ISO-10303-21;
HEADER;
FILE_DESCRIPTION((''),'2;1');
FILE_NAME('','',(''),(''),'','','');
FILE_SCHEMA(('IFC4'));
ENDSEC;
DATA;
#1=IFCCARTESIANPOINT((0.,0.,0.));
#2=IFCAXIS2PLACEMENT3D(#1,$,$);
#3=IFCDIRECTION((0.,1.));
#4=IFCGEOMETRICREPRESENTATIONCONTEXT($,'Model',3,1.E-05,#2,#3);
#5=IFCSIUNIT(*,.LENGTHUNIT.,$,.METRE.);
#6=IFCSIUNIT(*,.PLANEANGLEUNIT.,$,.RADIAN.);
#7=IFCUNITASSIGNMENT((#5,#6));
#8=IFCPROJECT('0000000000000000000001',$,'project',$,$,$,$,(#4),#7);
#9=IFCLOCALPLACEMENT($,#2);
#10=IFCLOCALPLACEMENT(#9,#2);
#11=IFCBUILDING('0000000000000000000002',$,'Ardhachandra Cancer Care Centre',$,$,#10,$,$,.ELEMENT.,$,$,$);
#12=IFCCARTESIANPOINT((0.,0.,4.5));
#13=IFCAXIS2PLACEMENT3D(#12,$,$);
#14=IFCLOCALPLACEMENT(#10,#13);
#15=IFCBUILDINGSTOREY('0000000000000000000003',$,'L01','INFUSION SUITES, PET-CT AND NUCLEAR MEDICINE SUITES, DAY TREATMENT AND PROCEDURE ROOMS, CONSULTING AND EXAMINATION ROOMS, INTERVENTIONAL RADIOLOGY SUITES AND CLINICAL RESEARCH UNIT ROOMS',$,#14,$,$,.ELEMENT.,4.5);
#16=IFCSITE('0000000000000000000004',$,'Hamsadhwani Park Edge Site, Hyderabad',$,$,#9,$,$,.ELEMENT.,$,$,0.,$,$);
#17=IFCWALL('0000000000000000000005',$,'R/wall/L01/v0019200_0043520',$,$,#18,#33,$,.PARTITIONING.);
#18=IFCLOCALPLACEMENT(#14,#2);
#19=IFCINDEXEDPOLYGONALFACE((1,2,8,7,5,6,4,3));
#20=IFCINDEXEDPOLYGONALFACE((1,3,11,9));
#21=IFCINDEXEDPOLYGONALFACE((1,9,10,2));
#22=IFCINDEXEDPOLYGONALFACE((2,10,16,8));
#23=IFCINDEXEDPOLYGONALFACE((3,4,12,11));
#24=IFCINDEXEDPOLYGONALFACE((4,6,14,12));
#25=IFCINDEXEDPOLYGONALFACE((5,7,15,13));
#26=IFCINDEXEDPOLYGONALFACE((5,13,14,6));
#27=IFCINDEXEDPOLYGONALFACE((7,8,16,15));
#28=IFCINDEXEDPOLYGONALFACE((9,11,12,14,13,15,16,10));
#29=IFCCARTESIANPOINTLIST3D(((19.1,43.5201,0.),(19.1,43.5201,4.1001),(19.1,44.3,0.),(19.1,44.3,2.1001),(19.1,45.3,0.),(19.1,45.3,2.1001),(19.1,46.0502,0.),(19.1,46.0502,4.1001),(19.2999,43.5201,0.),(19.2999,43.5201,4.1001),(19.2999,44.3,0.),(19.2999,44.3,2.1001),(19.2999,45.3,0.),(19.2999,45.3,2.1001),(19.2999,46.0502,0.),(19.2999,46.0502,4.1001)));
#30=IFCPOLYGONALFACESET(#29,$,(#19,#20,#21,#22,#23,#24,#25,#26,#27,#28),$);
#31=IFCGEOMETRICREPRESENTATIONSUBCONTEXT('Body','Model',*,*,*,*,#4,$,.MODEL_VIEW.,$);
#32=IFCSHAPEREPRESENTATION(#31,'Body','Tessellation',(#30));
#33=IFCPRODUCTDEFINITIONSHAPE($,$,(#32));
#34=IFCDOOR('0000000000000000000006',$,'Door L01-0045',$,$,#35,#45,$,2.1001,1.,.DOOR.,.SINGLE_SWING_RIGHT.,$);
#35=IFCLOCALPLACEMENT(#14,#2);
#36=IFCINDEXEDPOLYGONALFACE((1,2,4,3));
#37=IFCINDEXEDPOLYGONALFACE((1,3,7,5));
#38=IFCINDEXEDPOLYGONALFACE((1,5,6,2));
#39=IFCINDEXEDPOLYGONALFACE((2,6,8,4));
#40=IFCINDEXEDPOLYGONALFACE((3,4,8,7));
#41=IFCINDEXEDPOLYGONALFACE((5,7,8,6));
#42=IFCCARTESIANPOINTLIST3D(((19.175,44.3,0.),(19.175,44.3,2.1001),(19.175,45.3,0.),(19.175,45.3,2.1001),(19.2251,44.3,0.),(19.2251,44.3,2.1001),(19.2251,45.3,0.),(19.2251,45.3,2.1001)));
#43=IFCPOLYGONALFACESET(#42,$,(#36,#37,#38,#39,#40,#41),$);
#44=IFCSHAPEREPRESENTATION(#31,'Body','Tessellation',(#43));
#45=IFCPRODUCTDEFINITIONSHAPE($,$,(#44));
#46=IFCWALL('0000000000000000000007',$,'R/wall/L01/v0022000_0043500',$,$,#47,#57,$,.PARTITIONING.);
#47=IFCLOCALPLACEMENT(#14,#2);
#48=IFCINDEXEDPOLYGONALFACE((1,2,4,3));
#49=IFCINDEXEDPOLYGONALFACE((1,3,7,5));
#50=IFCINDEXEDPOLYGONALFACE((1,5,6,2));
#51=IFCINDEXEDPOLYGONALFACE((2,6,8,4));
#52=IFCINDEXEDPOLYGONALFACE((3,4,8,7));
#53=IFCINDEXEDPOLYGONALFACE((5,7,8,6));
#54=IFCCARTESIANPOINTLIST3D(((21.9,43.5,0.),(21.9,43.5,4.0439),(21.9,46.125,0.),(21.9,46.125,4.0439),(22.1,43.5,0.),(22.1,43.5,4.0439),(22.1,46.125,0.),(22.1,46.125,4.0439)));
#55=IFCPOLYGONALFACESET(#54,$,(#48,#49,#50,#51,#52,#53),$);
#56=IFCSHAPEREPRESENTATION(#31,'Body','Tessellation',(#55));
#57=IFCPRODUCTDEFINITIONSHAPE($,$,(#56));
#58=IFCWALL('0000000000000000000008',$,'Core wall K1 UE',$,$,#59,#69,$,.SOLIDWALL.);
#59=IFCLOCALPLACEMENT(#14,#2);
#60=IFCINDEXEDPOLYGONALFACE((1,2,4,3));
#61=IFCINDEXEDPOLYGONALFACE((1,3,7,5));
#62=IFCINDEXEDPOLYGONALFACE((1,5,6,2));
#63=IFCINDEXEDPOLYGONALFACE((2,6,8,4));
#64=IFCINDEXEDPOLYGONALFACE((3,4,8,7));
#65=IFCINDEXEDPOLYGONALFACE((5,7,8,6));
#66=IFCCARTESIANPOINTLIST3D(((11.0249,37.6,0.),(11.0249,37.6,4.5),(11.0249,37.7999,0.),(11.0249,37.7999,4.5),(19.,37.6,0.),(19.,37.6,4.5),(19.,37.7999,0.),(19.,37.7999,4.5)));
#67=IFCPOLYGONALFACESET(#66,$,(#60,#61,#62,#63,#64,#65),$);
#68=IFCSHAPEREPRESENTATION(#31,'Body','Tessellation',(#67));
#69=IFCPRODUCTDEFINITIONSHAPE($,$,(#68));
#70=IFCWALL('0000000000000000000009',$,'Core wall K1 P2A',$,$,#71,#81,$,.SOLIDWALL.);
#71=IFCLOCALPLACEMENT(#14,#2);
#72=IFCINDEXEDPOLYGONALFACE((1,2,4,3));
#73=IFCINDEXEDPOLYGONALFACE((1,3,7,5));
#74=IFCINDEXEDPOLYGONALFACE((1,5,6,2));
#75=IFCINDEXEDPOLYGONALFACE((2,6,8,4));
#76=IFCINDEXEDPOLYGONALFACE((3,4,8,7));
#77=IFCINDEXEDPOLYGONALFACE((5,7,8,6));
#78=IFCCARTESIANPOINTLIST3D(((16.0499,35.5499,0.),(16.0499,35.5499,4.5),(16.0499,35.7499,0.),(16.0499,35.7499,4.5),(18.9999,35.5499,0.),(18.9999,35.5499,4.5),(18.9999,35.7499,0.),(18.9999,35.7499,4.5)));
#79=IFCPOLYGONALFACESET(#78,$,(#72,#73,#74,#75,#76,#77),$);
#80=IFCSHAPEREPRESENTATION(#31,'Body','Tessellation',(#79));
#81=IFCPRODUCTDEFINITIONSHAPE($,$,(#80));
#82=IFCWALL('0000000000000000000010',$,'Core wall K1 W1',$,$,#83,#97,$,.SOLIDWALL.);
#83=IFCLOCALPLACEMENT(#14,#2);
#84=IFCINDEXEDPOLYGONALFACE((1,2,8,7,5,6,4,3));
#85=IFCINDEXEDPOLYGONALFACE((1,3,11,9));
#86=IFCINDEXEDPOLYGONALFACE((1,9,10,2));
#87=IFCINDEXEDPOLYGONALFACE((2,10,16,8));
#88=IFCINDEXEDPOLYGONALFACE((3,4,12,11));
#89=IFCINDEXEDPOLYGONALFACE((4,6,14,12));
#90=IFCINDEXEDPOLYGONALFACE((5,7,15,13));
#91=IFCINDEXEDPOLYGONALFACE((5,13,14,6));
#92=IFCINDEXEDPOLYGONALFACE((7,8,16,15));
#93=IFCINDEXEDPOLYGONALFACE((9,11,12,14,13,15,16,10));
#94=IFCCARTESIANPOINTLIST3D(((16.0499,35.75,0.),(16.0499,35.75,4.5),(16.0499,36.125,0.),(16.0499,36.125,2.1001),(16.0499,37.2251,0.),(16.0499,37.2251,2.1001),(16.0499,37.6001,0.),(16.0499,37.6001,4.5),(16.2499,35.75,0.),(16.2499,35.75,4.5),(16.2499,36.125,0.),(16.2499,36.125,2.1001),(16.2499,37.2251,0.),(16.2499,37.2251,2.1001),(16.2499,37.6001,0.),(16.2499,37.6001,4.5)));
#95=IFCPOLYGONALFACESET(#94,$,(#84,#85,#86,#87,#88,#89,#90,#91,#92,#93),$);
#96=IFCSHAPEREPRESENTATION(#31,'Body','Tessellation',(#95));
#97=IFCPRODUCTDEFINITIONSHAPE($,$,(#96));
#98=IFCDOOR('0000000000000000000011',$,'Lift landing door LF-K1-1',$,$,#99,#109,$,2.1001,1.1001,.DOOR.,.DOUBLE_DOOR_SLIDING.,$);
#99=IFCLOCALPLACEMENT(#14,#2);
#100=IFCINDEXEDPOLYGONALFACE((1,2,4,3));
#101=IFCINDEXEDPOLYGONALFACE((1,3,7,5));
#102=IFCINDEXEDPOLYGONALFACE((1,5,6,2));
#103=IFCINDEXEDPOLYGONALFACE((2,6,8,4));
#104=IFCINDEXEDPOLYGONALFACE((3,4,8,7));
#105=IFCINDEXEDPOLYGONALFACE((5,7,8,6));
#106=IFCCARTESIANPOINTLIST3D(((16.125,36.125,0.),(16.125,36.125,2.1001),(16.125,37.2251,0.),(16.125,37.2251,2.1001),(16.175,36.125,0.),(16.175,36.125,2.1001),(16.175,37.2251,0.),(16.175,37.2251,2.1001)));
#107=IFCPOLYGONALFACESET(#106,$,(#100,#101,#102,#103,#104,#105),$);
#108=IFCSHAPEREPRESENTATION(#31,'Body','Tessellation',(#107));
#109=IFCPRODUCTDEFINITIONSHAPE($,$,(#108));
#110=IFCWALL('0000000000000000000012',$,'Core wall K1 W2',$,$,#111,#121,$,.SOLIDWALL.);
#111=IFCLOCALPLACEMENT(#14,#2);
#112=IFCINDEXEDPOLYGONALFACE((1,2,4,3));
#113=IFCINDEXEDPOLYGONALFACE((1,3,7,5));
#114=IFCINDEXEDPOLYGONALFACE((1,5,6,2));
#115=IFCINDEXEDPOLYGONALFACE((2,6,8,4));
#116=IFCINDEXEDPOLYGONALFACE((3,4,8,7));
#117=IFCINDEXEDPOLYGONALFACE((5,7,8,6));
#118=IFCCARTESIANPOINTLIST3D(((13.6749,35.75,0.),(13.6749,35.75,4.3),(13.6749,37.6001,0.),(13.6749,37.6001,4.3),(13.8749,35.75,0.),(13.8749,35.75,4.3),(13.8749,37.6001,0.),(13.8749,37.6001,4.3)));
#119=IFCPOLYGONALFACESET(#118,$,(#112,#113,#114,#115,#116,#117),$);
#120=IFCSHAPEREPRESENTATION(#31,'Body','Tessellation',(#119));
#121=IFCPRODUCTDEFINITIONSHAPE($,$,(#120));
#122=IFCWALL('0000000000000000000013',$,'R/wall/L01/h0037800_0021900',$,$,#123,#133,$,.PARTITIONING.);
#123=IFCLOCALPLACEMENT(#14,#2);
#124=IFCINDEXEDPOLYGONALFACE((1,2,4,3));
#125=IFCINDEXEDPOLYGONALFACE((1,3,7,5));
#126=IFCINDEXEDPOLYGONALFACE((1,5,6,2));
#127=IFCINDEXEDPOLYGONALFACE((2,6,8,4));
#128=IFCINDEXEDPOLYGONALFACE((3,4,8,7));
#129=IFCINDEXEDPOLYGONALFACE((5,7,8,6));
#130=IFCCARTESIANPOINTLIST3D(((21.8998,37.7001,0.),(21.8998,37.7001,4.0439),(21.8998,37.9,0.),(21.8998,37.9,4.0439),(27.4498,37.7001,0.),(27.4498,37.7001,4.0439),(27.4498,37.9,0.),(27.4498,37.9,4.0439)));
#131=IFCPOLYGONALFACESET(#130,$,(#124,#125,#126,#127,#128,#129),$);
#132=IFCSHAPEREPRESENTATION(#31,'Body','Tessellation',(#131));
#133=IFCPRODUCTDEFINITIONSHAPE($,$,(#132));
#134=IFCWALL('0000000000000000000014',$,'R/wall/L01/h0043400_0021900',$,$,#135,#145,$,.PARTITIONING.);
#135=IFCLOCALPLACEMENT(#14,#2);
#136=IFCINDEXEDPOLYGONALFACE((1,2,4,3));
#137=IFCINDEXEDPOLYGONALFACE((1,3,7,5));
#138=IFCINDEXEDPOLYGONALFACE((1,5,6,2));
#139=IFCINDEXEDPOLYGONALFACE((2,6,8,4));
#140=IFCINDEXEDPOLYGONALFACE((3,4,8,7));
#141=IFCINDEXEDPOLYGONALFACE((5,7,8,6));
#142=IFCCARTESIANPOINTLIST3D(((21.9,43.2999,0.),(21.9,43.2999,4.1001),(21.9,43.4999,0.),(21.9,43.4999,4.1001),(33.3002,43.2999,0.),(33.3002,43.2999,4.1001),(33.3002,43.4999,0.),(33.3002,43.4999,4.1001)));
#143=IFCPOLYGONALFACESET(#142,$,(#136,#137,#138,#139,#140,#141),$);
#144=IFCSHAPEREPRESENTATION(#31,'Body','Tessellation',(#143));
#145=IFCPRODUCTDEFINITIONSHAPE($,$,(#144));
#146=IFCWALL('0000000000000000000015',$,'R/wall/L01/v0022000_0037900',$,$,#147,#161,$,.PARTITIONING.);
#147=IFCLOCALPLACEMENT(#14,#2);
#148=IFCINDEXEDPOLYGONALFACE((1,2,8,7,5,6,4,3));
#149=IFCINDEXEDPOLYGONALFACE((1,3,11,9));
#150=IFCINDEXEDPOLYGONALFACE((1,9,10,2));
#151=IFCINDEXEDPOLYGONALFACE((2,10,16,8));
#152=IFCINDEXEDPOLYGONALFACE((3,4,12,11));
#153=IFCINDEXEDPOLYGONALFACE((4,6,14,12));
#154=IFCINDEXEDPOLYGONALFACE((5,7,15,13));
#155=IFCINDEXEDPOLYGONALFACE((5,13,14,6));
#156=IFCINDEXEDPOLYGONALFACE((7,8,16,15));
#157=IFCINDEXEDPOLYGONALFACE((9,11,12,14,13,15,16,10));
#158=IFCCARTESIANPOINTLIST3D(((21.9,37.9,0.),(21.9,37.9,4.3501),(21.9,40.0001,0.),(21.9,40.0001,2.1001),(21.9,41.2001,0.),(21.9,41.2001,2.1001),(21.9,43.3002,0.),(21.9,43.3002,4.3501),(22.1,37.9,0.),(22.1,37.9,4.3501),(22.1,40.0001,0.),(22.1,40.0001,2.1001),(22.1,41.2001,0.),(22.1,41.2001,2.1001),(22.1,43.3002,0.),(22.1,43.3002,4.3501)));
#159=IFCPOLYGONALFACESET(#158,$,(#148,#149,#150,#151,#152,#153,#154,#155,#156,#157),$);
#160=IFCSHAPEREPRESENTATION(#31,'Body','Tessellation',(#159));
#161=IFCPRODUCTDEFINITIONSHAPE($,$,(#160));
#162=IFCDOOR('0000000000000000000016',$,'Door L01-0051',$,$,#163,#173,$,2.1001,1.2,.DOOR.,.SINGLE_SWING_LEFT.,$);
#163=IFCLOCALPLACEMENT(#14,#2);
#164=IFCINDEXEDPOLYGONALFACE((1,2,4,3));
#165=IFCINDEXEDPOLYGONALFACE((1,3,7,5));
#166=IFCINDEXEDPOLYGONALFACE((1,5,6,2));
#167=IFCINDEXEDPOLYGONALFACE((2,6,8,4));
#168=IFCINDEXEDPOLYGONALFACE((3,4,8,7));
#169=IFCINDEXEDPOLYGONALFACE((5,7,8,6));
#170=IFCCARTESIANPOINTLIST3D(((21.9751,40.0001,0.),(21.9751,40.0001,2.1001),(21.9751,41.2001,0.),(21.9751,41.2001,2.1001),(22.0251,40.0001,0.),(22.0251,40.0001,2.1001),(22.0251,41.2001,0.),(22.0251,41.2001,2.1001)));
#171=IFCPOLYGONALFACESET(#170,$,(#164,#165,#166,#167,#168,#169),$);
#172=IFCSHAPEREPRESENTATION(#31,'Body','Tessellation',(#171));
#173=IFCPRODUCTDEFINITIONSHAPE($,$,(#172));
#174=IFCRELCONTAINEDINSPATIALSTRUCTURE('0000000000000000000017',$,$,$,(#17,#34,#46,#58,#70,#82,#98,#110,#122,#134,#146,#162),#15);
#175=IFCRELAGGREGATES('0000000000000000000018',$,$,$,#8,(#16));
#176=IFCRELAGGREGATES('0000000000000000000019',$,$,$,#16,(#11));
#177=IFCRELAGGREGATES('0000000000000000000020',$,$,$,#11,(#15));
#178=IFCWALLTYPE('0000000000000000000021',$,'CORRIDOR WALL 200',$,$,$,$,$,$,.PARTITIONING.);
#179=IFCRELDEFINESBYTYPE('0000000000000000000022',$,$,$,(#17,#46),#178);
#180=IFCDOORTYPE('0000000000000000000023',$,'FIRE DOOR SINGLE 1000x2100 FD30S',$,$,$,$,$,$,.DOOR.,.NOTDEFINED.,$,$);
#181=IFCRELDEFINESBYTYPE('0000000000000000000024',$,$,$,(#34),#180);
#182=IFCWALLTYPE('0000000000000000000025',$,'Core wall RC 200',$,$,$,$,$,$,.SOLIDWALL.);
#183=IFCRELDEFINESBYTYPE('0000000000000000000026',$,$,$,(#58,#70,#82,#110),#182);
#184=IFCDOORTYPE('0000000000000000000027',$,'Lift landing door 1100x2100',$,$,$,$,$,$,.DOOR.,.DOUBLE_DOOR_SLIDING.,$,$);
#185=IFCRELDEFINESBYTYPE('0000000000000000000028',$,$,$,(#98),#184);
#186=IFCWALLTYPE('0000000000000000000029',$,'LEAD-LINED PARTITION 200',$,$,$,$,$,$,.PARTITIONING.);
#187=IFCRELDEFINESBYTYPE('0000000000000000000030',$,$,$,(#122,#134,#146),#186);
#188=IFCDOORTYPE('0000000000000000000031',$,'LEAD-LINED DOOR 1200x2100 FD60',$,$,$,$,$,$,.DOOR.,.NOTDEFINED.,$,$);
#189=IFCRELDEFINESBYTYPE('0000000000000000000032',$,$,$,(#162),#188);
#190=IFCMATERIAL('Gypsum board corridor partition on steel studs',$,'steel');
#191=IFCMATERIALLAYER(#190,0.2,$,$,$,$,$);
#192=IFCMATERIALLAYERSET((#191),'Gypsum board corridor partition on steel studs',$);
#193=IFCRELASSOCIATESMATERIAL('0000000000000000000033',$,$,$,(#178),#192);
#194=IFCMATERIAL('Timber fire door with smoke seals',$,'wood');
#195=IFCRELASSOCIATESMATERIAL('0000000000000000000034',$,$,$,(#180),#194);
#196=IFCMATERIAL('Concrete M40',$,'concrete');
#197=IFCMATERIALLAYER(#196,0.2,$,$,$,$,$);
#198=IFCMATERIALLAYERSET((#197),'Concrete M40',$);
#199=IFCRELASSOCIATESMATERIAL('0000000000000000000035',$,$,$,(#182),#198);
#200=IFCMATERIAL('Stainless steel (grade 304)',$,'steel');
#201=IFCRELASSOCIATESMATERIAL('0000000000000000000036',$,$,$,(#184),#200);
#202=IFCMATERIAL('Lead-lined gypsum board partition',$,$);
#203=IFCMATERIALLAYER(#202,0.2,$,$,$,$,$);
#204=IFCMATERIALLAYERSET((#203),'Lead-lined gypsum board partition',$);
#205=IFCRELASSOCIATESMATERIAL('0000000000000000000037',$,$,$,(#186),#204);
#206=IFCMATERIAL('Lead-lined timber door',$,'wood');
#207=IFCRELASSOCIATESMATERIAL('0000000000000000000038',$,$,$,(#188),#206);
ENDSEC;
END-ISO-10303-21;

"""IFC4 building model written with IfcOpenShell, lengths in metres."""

from ifc_helpers import new_model, si_unit, direction, frame, frame_2d, origin, place, context, subcontext, project, spatial, rectangle, extrude, material, layer, layer_set, type_object, element, fill, save


model = new_model("IFC4")

# Units and contexts
model_context = context("Model", 3, precision=1e-05, world=origin(), true_north=direction((0.0, 1.0)))
body_context = subcontext(model_context, "Body", "Model", "MODEL_VIEW")
ifc_project = project(units=[si_unit("LENGTHUNIT", "METRE"), si_unit("PLANEANGLEUNIT", "RADIAN")], contexts=[model_context])

# Site, building, storey
site_placement = place(None, origin())
site = spatial("IfcSite", under=ifc_project, at=site_placement, Name="Hamsadhwani Park Edge Site, Hyderabad", CompositionType="ELEMENT", RefElevation=0.0)
building_placement = place(site_placement, origin())
building = spatial("IfcBuilding", under=site, at=building_placement, Name="Ardhachandra Cancer Care Centre", CompositionType="ELEMENT")
storey_placement = place(building_placement, frame((0.0, 0.0, 4.5)))
storey = spatial("IfcBuildingStorey", under=building, at=storey_placement, Name="L01", Description="INFUSION SUITES, PET-CT AND NUCLEAR MEDICINE SUITES, DAY TREATMENT AND PROCEDURE ROOMS, CONSULTING AND EXAMINATION ROOMS, INTERVENTIONAL RADIOLOGY SUITES AND CLINICAL RESEARCH UNIT ROOMS", CompositionType="ELEMENT", Elevation=4.5)

# Wall, opening, door
ifc_material_1 = material(Name="Gypsum board corridor partition on steel studs", Category="steel")
ifc_layer_1 = layer(ifc_material_1, 0.2)
ifc_layer_set_1 = layer_set([ifc_layer_1], Name="Gypsum board corridor partition on steel studs")
wall_type_1 = type_object("IfcWallType", Name="CORRIDOR WALL 200", PredefinedType="PARTITIONING", material=ifc_layer_set_1)
wall_1_placement = place(storey_placement, frame((19.2, 43.52, 0.0), z_axis=(0.0, 0.0, 1.0), x_axis=(0.0, 1.0, 0.0)))
wall_1 = element("IfcWall", 1, at=wall_1_placement, inside=storey, type_object=wall_type_1, Name="R/wall/L01/v0019200_0043520", PredefinedType="PARTITIONING", context=body_context, shape_type="SweptSolid", body=[
    extrude(rectangle(XDim=2.53, YDim=0.2, at=frame_2d((1.2651, 0.0))), origin(), (0.0, 0.0, 1.0), 4.1001),
])
opening_1_placement = place(wall_1_placement, frame((0.78, 0.0, 0.0)))
opening_1 = element("IfcOpeningElement", 2, at=opening_1_placement, cuts=wall_1, PredefinedType="OPENING", context=body_context, shape_type="SweptSolid", body=[
    extrude(rectangle(XDim=1.0, YDim=2.1001, at=frame_2d((0.5, 1.05))), frame((0.0, 0.1099, 0.0), z_axis=(0.0, -1.0, 0.0), x_axis=(1.0, 0.0, 0.0)), (0.0, 0.0, 1.0), 0.22),
])
ifc_material_2 = material(Name="Timber fire door with smoke seals", Category="wood")
door_type_1 = type_object("IfcDoorType", Name="FIRE DOOR SINGLE 1000x2100 FD30S", OperationType="NOTDEFINED", PredefinedType="DOOR", material=ifc_material_2)
door_1_placement = place(opening_1_placement, origin())
door_1 = element("IfcDoor", 3, at=door_1_placement, inside=storey, type_object=door_type_1, Name="Door L01-0045", OperationType="SINGLE_SWING_RIGHT", OverallHeight=2.1001, OverallWidth=1.0, PredefinedType="DOOR", context=body_context, shape_type="SweptSolid", body=[
    extrude(rectangle(XDim=1.0, YDim=2.1001, at=frame_2d((0.5, 1.05))), frame((0.0, 0.0249, 0.0), z_axis=(0.0, -1.0, 0.0), x_axis=(1.0, 0.0, 0.0)), (0.0, 0.0, 1.0), 0.05),
])
fill(opening_1, door_1)

# Walls
wall_2_placement = place(storey_placement, frame((22.0, 43.5, 0.0), z_axis=(0.0, 0.0, 1.0), x_axis=(0.0, 1.0, 0.0)))
element("IfcWall", 4, at=wall_2_placement, inside=storey, type_object=wall_type_1, Name="R/wall/L01/v0022000_0043500", PredefinedType="PARTITIONING", context=body_context, shape_type="SweptSolid", body=[
    extrude(rectangle(XDim=2.625, YDim=0.2, at=frame_2d((1.3125, 0.0))), origin(), (0.0, 0.0, 1.0), 4.0439),
])
ifc_material_3 = material(Name="Concrete M40", Category="concrete")
ifc_layer_2 = layer(ifc_material_3, 0.2)
ifc_layer_set_2 = layer_set([ifc_layer_2], Name="Concrete M40")
wall_type_2 = type_object("IfcWallType", Name="Core wall RC 200", PredefinedType="SOLIDWALL", material=ifc_layer_set_2)
wall_3_placement = place(storey_placement, frame((19.0, 37.7, 0.0), z_axis=(0.0, 0.0, 1.0), x_axis=(-1.0, 0.0, 0.0)))
element("IfcWall", 5, at=wall_3_placement, inside=storey, type_object=wall_type_2, Name="Core wall K1 UE", PredefinedType="SOLIDWALL", context=body_context, shape_type="SweptSolid", body=[
    extrude(rectangle(XDim=7.9751, YDim=0.2, at=frame_2d((3.9875, 0.0))), origin(), (0.0, 0.0, 1.0), 4.5),
])
wall_4_placement = place(storey_placement, frame((19.0, 35.6499, 0.0), z_axis=(0.0, 0.0, 1.0), x_axis=(-1.0, 0.0, 0.0)))
element("IfcWall", 6, at=wall_4_placement, inside=storey, type_object=wall_type_2, Name="Core wall K1 P2A", PredefinedType="SOLIDWALL", context=body_context, shape_type="SweptSolid", body=[
    extrude(rectangle(XDim=2.95, YDim=0.2, at=frame_2d((1.4751, 0.0))), origin(), (0.0, 0.0, 1.0), 4.5),
])

# Wall, opening, door
wall_5_placement = place(storey_placement, frame((16.1499, 35.75, 0.0), z_axis=(0.0, 0.0, 1.0), x_axis=(0.0, 1.0, 0.0)))
wall_5 = element("IfcWall", 7, at=wall_5_placement, inside=storey, type_object=wall_type_2, Name="Core wall K1 W1", PredefinedType="SOLIDWALL", context=body_context, shape_type="SweptSolid", body=[
    extrude(rectangle(XDim=1.8501, YDim=0.2, at=frame_2d((0.925, 0.0))), origin(), (0.0, 0.0, 1.0), 4.5),
])
opening_2_placement = place(wall_5_placement, frame((0.375, 0.0, 0.0)))
opening_2 = element("IfcOpeningElement", 8, at=opening_2_placement, cuts=wall_5, PredefinedType="OPENING", context=body_context, shape_type="SweptSolid", body=[
    extrude(rectangle(XDim=1.1001, YDim=2.1001, at=frame_2d((0.55, 1.05))), frame((0.0, 0.1099, 0.0), z_axis=(0.0, -1.0, 0.0), x_axis=(1.0, 0.0, 0.0)), (0.0, 0.0, 1.0), 0.22),
])
ifc_material_4 = material(Name="Stainless steel (grade 304)", Category="steel")
door_type_2 = type_object("IfcDoorType", Name="Lift landing door 1100x2100", OperationType="DOUBLE_DOOR_SLIDING", PredefinedType="DOOR", material=ifc_material_4)
door_2_placement = place(opening_2_placement, origin())
door_2 = element("IfcDoor", 9, at=door_2_placement, inside=storey, type_object=door_type_2, Name="Lift landing door LF-K1-1", OperationType="DOUBLE_DOOR_SLIDING", OverallHeight=2.1001, OverallWidth=1.1001, PredefinedType="DOOR", context=body_context, shape_type="SweptSolid", body=[
    extrude(rectangle(XDim=1.1001, YDim=2.1001, at=frame_2d((0.55, 1.05))), frame((0.0, 0.0249, 0.0), z_axis=(0.0, -1.0, 0.0), x_axis=(1.0, 0.0, 0.0)), (0.0, 0.0, 1.0), 0.05),
])
fill(opening_2, door_2)

# Walls
wall_6_placement = place(storey_placement, frame((13.7749, 35.75, 0.0), z_axis=(0.0, 0.0, 1.0), x_axis=(0.0, 1.0, 0.0)))
element("IfcWall", 10, at=wall_6_placement, inside=storey, type_object=wall_type_2, Name="Core wall K1 W2", PredefinedType="SOLIDWALL", context=body_context, shape_type="SweptSolid", body=[
    extrude(rectangle(XDim=1.8501, YDim=0.2, at=frame_2d((0.925, 0.0))), origin(), (0.0, 0.0, 1.0), 4.3),
])
ifc_material_5 = material(Name="Lead-lined gypsum board partition")
ifc_layer_3 = layer(ifc_material_5, 0.2)
ifc_layer_set_3 = layer_set([ifc_layer_3], Name="Lead-lined gypsum board partition")
wall_type_3 = type_object("IfcWallType", Name="LEAD-LINED PARTITION 200", PredefinedType="PARTITIONING", material=ifc_layer_set_3)
wall_7_placement = place(storey_placement, frame((21.8999, 37.8, 0.0), z_axis=(0.0, 0.0, 1.0), x_axis=(1.0, 0.0, 0.0)))
element("IfcWall", 11, at=wall_7_placement, inside=storey, type_object=wall_type_3, Name="R/wall/L01/h0037800_0021900", PredefinedType="PARTITIONING", context=body_context, shape_type="SweptSolid", body=[
    extrude(rectangle(XDim=5.55, YDim=0.2, at=frame_2d((2.7749, 0.0))), origin(), (0.0, 0.0, 1.0), 4.0439),
])
wall_8_placement = place(storey_placement, frame((21.8999, 43.3999, 0.0), z_axis=(0.0, 0.0, 1.0), x_axis=(1.0, 0.0, 0.0)))
element("IfcWall", 12, at=wall_8_placement, inside=storey, type_object=wall_type_3, Name="R/wall/L01/h0043400_0021900", PredefinedType="PARTITIONING", context=body_context, shape_type="SweptSolid", body=[
    extrude(rectangle(XDim=11.4001, YDim=0.2, at=frame_2d((5.7002, 0.0))), origin(), (0.0, 0.0, 1.0), 4.1001),
])

# Wall, opening, door
wall_9_placement = place(storey_placement, frame((22.0, 37.8999, 0.0), z_axis=(0.0, 0.0, 1.0), x_axis=(0.0, 1.0, 0.0)))
wall_9 = element("IfcWall", 13, at=wall_9_placement, inside=storey, type_object=wall_type_3, Name="R/wall/L01/v0022000_0037900", PredefinedType="PARTITIONING", context=body_context, shape_type="SweptSolid", body=[
    extrude(rectangle(XDim=5.4001, YDim=0.2, at=frame_2d((2.7002, 0.0))), origin(), (0.0, 0.0, 1.0), 4.3501),
])
opening_3_placement = place(wall_9_placement, frame((2.1001, 0.0, 0.0)))
opening_3 = element("IfcOpeningElement", 14, at=opening_3_placement, cuts=wall_9, PredefinedType="OPENING", context=body_context, shape_type="SweptSolid", body=[
    extrude(rectangle(XDim=1.2, YDim=2.1001, at=frame_2d((0.6001, 1.05))), frame((0.0, 0.1099, 0.0), z_axis=(0.0, -1.0, 0.0), x_axis=(1.0, 0.0, 0.0)), (0.0, 0.0, 1.0), 0.22),
])
ifc_material_6 = material(Name="Lead-lined timber door", Category="wood")
door_type_3 = type_object("IfcDoorType", Name="LEAD-LINED DOOR 1200x2100 FD60", OperationType="NOTDEFINED", PredefinedType="DOOR", material=ifc_material_6)
door_3_placement = place(opening_3_placement, origin())
door_3 = element("IfcDoor", 15, at=door_3_placement, inside=storey, type_object=door_type_3, Name="Door L01-0051", OperationType="SINGLE_SWING_LEFT", OverallHeight=2.1001, OverallWidth=1.2, PredefinedType="DOOR", context=body_context, shape_type="SweptSolid", body=[
    extrude(rectangle(XDim=1.2, YDim=2.1001, at=frame_2d((0.6001, 1.05))), frame((0.0, 0.0249, 0.0), z_axis=(0.0, -1.0, 0.0), x_axis=(1.0, 0.0, 0.0)), (0.0, 0.0, 1.0), 0.05),
])
fill(opening_3, door_3)

save(model, "model.ifc")
